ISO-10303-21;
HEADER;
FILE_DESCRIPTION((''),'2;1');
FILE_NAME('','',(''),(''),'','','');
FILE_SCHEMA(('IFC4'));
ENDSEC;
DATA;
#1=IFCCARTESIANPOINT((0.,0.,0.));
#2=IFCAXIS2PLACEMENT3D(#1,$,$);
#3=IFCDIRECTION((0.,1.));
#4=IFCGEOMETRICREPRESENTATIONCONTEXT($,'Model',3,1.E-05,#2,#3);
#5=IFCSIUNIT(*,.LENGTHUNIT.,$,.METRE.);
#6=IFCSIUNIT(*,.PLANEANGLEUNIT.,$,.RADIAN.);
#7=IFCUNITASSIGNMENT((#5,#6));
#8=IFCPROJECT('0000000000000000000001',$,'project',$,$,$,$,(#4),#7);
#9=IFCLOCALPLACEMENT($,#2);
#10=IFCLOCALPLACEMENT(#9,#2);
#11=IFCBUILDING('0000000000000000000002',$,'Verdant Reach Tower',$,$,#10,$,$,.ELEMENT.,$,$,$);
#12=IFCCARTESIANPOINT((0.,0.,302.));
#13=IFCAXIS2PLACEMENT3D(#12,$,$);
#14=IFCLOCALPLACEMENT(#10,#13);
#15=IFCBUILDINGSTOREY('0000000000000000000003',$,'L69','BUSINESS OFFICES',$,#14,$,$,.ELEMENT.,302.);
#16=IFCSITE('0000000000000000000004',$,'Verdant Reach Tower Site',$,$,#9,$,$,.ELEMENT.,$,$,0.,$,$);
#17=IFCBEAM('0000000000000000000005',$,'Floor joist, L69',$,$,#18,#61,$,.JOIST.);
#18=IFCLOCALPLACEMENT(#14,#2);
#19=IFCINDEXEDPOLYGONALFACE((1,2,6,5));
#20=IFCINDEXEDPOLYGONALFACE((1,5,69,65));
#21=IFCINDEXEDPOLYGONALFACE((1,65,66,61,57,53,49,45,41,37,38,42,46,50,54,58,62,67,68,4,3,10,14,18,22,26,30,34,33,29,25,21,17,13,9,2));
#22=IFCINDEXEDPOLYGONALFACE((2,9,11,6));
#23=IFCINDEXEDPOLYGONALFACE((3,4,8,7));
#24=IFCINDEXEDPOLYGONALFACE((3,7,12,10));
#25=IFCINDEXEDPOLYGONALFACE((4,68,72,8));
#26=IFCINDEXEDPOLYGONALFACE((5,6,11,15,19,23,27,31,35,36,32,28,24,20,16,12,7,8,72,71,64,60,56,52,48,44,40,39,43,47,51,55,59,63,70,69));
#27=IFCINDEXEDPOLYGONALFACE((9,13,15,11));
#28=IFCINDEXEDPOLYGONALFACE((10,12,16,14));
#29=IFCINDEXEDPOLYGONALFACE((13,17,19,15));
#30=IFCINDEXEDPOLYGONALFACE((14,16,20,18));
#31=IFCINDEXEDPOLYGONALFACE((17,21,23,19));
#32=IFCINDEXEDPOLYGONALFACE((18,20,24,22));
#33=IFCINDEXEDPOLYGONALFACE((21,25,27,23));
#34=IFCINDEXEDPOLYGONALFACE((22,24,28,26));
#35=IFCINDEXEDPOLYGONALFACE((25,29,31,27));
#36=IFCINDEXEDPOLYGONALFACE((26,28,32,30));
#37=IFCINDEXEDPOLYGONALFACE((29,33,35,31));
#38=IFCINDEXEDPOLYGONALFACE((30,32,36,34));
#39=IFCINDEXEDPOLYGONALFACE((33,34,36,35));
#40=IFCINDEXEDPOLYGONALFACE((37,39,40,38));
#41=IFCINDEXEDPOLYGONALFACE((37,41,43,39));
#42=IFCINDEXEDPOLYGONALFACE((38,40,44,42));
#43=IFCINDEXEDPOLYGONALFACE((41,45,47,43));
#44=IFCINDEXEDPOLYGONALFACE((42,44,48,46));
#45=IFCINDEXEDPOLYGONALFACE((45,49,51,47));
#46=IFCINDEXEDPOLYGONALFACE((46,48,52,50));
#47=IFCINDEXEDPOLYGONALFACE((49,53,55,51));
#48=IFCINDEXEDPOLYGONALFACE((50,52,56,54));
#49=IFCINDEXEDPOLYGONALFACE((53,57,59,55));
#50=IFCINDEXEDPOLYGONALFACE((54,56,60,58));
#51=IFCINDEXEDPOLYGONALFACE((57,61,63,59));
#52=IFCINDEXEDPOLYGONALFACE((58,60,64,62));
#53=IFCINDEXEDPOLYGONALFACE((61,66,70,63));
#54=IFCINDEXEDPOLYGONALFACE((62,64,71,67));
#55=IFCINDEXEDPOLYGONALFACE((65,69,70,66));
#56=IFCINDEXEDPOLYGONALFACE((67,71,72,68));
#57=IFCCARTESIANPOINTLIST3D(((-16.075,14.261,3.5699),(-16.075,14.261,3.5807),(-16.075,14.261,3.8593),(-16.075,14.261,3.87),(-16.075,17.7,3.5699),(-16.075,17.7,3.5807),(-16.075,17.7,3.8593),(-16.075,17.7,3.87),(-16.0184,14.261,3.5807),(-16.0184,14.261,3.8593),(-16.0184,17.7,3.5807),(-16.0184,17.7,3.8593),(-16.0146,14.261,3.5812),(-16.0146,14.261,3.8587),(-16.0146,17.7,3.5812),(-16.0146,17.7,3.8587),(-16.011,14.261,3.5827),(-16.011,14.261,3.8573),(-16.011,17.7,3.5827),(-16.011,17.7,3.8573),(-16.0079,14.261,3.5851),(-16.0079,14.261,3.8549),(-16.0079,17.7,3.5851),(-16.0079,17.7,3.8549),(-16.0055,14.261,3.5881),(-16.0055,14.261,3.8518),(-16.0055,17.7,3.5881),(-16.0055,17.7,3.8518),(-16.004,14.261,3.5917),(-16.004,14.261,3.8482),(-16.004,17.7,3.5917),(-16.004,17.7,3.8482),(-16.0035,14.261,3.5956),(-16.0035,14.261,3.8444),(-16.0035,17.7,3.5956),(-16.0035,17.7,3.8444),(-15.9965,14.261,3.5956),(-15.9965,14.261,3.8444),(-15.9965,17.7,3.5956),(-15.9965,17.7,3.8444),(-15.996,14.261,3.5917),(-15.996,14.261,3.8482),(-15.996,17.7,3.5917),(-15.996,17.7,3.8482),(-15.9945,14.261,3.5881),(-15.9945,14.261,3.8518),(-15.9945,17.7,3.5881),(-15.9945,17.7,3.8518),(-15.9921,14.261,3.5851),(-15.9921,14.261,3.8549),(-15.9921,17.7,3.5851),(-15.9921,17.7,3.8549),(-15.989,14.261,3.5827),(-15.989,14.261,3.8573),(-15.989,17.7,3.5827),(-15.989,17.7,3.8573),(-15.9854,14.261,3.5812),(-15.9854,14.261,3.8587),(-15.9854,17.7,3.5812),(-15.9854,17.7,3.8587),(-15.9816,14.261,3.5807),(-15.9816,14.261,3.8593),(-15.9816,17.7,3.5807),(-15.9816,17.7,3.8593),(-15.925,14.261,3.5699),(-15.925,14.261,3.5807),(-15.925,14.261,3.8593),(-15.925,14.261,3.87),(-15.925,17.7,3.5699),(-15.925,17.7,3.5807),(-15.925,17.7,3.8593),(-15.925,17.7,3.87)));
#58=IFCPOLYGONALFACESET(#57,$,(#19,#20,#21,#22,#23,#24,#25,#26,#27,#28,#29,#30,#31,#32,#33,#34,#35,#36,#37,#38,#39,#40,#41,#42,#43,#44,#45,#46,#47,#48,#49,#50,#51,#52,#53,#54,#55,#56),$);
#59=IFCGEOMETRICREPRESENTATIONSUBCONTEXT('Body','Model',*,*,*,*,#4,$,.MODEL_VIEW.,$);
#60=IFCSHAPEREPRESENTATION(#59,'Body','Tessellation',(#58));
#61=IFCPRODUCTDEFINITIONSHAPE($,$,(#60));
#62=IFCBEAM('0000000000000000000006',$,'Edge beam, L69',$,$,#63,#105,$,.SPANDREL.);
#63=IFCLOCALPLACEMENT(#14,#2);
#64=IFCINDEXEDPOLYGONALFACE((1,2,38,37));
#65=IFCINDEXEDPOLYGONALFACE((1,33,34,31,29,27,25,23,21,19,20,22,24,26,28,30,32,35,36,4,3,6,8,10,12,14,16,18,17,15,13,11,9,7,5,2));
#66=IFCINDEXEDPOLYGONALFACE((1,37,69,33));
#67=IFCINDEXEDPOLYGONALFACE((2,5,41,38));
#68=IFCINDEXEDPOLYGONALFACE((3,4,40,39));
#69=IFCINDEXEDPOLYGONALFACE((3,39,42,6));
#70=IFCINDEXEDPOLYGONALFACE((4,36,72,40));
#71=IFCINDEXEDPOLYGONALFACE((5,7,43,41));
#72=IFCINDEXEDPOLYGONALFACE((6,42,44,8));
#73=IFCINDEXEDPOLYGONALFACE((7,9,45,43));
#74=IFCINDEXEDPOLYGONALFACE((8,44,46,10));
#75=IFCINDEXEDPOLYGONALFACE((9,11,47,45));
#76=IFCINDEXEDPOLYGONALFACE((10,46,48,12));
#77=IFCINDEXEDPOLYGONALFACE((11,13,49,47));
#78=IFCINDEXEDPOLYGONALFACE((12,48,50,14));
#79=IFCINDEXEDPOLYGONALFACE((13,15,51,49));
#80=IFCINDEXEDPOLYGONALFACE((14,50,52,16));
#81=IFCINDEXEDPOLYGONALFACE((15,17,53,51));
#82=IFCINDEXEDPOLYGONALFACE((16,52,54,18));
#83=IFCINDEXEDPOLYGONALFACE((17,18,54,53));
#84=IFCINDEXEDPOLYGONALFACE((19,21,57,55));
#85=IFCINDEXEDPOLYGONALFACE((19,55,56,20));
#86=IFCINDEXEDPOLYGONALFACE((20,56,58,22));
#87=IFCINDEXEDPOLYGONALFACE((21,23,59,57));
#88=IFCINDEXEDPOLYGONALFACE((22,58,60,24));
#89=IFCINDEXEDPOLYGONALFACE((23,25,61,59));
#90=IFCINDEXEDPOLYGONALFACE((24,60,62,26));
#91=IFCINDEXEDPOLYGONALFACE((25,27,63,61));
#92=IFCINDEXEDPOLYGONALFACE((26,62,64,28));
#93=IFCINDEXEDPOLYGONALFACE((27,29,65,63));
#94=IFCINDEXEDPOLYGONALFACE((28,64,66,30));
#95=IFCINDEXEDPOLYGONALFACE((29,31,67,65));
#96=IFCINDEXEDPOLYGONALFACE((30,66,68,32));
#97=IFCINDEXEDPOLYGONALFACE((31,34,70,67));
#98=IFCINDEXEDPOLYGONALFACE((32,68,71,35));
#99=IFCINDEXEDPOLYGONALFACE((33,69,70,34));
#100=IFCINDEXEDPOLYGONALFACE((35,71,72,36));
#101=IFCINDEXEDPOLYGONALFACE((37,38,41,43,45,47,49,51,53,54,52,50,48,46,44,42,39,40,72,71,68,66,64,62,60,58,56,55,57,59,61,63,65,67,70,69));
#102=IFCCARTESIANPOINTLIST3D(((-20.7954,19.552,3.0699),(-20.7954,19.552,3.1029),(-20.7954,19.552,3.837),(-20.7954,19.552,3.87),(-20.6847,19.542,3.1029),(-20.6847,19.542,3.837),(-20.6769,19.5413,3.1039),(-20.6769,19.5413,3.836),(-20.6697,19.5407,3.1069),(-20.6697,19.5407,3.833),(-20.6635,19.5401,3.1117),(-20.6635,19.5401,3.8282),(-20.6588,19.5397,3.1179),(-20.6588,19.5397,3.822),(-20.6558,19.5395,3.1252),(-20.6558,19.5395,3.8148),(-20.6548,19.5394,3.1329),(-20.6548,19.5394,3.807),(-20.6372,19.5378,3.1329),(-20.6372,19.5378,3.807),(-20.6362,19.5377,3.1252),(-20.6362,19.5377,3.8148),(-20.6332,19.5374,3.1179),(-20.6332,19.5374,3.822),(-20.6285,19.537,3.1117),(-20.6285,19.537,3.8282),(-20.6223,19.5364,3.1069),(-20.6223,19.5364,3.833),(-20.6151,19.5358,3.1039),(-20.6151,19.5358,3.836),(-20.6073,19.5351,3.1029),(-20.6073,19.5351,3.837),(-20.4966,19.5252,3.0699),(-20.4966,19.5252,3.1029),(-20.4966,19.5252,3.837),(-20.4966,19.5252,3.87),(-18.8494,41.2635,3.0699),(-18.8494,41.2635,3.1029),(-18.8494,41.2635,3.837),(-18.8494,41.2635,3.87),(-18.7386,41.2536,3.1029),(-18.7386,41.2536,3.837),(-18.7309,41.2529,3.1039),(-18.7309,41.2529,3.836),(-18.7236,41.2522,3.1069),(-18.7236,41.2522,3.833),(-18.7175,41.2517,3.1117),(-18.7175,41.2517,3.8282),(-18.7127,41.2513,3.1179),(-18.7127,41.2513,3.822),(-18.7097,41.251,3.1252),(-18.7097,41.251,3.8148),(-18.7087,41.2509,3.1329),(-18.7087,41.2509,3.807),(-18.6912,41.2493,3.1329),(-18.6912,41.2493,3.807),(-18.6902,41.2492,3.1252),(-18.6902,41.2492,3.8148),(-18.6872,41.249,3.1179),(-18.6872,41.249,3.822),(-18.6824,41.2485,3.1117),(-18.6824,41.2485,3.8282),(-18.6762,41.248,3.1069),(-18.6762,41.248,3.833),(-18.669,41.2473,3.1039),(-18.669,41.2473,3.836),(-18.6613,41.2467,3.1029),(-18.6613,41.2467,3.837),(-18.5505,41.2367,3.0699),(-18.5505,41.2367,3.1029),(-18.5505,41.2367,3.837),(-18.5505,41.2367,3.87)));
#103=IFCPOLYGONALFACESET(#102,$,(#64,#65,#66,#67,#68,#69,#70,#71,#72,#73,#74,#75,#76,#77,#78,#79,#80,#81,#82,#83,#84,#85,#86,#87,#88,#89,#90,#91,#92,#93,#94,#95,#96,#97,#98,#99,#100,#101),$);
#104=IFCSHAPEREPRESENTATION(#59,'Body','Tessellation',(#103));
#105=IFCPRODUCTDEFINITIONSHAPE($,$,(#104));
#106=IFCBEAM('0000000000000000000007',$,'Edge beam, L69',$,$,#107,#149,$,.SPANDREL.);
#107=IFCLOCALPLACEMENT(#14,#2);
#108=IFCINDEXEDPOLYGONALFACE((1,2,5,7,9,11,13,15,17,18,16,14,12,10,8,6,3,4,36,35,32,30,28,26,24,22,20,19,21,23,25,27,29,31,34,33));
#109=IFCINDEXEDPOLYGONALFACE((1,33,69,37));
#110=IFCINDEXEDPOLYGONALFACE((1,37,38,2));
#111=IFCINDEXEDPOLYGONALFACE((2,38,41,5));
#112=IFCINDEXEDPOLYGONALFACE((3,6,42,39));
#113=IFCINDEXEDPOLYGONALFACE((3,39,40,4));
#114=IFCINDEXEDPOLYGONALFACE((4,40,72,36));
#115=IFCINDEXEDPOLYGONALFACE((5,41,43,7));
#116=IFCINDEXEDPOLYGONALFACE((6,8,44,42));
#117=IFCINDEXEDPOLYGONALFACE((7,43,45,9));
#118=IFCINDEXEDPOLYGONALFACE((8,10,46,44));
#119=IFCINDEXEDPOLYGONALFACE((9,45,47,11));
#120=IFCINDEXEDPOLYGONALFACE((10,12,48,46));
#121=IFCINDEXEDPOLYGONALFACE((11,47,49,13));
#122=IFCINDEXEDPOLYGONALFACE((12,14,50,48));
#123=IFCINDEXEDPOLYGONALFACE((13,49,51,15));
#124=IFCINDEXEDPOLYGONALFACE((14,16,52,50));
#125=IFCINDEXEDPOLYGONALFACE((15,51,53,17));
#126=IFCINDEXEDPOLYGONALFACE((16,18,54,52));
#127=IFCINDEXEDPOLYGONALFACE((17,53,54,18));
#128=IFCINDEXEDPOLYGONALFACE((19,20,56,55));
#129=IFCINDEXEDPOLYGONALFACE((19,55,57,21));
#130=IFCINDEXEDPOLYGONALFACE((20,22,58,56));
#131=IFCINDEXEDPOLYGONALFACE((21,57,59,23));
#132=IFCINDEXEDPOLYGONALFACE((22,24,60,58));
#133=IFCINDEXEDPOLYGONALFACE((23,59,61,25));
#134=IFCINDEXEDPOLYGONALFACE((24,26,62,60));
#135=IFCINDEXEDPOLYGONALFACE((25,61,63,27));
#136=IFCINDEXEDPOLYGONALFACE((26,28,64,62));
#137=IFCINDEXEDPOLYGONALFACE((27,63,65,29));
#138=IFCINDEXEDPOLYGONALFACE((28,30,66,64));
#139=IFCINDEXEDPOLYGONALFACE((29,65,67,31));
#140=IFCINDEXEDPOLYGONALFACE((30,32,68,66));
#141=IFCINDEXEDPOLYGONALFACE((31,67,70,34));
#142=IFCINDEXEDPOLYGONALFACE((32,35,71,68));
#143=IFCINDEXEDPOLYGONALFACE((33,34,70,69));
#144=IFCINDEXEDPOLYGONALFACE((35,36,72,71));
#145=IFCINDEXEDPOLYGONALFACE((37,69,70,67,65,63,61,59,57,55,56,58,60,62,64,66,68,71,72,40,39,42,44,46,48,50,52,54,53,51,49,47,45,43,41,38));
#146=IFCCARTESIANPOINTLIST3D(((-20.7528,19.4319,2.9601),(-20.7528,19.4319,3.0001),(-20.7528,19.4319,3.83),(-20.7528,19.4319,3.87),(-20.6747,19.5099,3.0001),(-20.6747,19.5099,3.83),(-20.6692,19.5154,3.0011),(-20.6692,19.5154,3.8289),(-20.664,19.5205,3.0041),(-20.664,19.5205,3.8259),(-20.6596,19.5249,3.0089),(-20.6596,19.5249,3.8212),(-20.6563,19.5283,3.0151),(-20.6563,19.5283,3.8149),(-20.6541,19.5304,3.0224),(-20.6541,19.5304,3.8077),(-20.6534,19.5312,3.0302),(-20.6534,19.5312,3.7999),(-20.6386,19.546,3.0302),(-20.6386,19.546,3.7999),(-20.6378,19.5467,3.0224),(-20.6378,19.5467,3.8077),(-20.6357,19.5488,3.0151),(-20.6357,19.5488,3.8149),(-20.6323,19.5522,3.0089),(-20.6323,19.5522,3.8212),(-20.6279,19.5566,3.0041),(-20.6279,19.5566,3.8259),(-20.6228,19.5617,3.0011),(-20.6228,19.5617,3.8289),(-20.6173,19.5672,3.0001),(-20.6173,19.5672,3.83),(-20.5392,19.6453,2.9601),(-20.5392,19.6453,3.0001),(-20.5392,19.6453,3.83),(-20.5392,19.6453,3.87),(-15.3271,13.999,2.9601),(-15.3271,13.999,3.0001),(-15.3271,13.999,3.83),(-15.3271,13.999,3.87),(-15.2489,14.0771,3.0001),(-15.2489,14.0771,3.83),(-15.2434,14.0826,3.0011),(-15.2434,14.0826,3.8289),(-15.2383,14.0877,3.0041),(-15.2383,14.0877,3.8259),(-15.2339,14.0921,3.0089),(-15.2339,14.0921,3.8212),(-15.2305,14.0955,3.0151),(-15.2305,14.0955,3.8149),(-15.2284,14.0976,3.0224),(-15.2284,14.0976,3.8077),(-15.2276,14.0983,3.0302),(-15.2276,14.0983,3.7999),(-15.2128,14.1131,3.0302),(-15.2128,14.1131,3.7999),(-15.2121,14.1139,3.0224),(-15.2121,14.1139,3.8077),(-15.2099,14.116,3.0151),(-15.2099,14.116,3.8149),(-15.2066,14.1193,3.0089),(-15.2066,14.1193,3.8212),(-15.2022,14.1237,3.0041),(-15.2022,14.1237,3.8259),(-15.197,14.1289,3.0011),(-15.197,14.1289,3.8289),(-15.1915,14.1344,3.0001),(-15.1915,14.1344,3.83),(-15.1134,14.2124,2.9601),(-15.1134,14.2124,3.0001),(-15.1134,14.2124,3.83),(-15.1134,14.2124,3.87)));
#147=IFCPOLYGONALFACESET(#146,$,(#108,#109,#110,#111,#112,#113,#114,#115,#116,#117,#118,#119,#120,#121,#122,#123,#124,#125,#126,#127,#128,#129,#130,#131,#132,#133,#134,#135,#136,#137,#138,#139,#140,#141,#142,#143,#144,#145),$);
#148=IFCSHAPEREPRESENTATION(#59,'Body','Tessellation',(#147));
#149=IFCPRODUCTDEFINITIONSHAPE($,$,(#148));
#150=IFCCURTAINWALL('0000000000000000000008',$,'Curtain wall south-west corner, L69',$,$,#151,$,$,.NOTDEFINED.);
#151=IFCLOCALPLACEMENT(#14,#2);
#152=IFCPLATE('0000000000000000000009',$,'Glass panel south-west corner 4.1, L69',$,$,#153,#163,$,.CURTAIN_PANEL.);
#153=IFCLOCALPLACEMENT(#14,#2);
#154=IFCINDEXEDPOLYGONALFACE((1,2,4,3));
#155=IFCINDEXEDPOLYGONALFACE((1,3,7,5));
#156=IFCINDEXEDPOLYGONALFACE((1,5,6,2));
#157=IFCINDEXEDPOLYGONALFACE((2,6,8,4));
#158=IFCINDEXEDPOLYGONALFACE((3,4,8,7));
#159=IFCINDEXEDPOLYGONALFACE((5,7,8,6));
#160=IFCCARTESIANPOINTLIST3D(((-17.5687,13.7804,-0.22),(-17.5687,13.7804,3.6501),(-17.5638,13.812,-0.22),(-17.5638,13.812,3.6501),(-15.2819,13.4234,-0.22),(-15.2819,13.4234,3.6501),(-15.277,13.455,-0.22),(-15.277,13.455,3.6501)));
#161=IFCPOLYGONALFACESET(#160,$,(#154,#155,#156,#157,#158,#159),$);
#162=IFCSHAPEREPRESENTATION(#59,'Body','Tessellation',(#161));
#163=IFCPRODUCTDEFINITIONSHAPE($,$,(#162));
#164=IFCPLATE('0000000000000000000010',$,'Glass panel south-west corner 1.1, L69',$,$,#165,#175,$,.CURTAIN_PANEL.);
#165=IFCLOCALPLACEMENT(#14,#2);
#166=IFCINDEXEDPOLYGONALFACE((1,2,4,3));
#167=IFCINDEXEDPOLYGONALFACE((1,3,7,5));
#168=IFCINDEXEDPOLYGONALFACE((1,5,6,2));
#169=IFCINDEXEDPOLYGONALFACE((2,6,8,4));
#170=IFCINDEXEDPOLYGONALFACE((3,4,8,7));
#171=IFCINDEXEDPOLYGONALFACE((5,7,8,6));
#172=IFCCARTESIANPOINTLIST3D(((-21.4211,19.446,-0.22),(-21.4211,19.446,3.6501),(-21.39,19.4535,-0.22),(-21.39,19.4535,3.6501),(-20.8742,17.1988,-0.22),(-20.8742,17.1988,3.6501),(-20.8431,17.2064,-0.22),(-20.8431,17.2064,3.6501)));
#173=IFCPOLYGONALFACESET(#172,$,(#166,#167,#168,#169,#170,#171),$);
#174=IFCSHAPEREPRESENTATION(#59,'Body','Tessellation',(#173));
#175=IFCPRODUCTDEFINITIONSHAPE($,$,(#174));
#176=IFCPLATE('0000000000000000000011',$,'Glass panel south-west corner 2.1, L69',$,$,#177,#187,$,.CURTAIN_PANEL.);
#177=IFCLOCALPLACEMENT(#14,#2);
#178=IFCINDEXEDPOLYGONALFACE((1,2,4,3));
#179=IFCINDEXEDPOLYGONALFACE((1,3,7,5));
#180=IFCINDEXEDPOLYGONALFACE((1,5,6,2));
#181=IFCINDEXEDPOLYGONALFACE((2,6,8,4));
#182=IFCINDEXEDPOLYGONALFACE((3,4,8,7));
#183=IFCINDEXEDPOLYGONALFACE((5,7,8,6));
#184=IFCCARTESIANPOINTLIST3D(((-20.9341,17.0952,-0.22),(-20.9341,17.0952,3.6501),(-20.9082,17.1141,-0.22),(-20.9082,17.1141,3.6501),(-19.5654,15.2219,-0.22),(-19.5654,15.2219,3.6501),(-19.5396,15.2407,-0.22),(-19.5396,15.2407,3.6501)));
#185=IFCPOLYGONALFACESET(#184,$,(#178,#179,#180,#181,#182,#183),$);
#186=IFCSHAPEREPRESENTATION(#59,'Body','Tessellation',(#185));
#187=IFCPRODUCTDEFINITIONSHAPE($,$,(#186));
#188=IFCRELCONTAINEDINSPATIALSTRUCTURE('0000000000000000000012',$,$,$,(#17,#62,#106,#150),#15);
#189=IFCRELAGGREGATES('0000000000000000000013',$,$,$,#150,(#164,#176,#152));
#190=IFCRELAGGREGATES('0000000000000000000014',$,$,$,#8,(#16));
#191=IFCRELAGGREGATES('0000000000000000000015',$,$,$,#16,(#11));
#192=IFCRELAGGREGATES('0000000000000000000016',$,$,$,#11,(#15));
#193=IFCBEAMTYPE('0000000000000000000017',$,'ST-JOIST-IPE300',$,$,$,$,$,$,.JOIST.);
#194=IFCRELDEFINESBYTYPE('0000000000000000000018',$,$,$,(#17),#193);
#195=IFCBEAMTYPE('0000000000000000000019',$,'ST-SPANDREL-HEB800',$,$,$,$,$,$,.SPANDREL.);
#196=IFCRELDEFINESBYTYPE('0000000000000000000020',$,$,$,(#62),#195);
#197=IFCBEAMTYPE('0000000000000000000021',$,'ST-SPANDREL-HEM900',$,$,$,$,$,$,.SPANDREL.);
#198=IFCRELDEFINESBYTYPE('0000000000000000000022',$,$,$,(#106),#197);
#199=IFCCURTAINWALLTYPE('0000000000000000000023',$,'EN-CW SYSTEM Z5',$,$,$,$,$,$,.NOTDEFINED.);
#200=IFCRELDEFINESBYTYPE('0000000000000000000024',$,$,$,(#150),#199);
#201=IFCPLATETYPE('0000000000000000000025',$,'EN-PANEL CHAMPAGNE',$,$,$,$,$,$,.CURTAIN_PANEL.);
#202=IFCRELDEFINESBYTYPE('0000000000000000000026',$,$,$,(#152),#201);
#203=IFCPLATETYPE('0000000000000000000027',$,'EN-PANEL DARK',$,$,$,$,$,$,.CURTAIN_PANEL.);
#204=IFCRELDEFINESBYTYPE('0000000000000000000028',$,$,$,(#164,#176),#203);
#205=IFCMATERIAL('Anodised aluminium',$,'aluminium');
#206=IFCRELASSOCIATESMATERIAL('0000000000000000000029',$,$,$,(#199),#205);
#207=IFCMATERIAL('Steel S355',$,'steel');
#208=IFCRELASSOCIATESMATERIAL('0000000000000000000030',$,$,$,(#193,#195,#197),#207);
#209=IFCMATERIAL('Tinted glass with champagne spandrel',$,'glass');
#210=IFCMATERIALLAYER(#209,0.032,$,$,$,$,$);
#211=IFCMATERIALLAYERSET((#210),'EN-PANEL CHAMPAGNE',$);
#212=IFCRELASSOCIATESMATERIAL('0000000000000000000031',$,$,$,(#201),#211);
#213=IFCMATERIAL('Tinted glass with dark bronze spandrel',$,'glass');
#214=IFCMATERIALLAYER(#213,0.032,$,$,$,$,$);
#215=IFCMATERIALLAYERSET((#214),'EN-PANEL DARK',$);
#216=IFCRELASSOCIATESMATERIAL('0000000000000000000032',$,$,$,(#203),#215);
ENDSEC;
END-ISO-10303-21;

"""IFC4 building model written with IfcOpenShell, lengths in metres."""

from ifc_helpers import new_model, si_unit, direction, frame, origin, origin_2d, place, context, subcontext, project, spatial, rectangle, i_section, extrude, material, layer, layer_set, material_profile, profile_set, type_object, element, aggregate, save


model = new_model("IFC4")

# Units and contexts
model_context = context("Model", 3, precision=1e-05, world=origin(), true_north=direction((0.0, 1.0)))
body_context = subcontext(model_context, "Body", "Model", "MODEL_VIEW")
ifc_project = project(units=[si_unit("LENGTHUNIT", "METRE"), si_unit("PLANEANGLEUNIT", "RADIAN")], contexts=[model_context])

# Site, building, storey
site_placement = place(None, origin())
site = spatial("IfcSite", under=ifc_project, at=site_placement, Name="Verdant Reach Tower Site", CompositionType="ELEMENT", RefElevation=0.0)
building_placement = place(site_placement, origin())
building = spatial("IfcBuilding", under=site, at=building_placement, Name="Verdant Reach Tower", CompositionType="ELEMENT")
storey_placement = place(building_placement, frame((0.0, 0.0, 302.0)))
storey = spatial("IfcBuildingStorey", under=building, at=storey_placement, Name="L69", Description="BUSINESS OFFICES", CompositionType="ELEMENT", Elevation=302.0)

# Shared definitions
ifc_material_1 = material(Name="Anodised aluminium", Category="aluminium")
curtain_wall_type = type_object("IfcCurtainWallType", Name="EN-CW SYSTEM Z5", PredefinedType="NOTDEFINED", material=ifc_material_1)

# Beams
ifc_material_2 = material(Name="Steel S355", Category="steel")
ifc_material_profile_1 = material_profile(ifc_material_2, i_section(OverallWidth=0.1499, OverallDepth=0.3, WebThickness=0.0071, FlangeThickness=0.0107, FilletRadius=0.0149, at=origin_2d()), Name="IPE 300")
ifc_profile_set_1 = profile_set([ifc_material_profile_1], Name="Steel S355")
beam_type_1 = type_object("IfcBeamType", Name="ST-JOIST-IPE300", PredefinedType="JOIST", material=ifc_profile_set_1)
beam_1_placement = place(storey_placement, frame((-16.0, 17.7, 3.72), z_axis=(0.0, -1.0, 0.0), x_axis=(1.0, 0.0, 0.0)))
element("IfcBeam", 1, at=beam_1_placement, inside=storey, type_object=beam_type_1, Name="Floor joist, L69", PredefinedType="JOIST", context=body_context, shape_type="SweptSolid", body=[
    extrude(i_section(OverallWidth=0.1499, OverallDepth=0.3, WebThickness=0.0071, FlangeThickness=0.0107, FilletRadius=0.0149, at=origin_2d()), origin(), (0.0, 0.0, 1.0), 3.439),
])
ifc_material_profile_2 = material_profile(ifc_material_2, i_section(OverallWidth=0.3, OverallDepth=0.8, WebThickness=0.0176, FlangeThickness=0.033, FilletRadius=0.03, at=origin_2d()), Name="HEB 800")
ifc_profile_set_2 = profile_set([ifc_material_profile_2], Name="Steel S355")
beam_type_2 = type_object("IfcBeamType", Name="ST-SPANDREL-HEB800", PredefinedType="SPANDREL", material=ifc_profile_set_2)
beam_2_placement = place(storey_placement, frame((-20.646, 19.5386, 3.47), z_axis=(0.089274, 0.996007, 0.0), x_axis=(-0.996007, 0.089274, 0.0)))
element("IfcBeam", 2, at=beam_2_placement, inside=storey, type_object=beam_type_2, Name="Edge beam, L69", PredefinedType="SPANDREL", context=body_context, shape_type="SweptSolid", body=[
    extrude(i_section(OverallWidth=0.3, OverallDepth=0.8, WebThickness=0.0176, FlangeThickness=0.033, FilletRadius=0.03, at=origin_2d()), origin(), (0.0, 0.0, 1.0), 21.7986),
])
ifc_material_profile_3 = material_profile(ifc_material_2, i_section(OverallWidth=0.302, OverallDepth=0.9099, WebThickness=0.021, FlangeThickness=0.04, FilletRadius=0.03, at=origin_2d()), Name="HEM 900")
ifc_profile_set_3 = profile_set([ifc_material_profile_3], Name="Steel S355")
beam_type_3 = type_object("IfcBeamType", Name="ST-SPANDREL-HEM900", PredefinedType="SPANDREL", material=ifc_profile_set_3)
beam_3_placement = place(storey_placement, frame((-15.2202, 14.1057, 3.415), z_axis=(-0.706646, 0.707568, 0.0), x_axis=(-0.707568, -0.706646, 0.0)))
element("IfcBeam", 3, at=beam_3_placement, inside=storey, type_object=beam_type_3, Name="Edge beam, L69", PredefinedType="SPANDREL", context=body_context, shape_type="SweptSolid", body=[
    extrude(i_section(OverallWidth=0.302, OverallDepth=0.9099, WebThickness=0.021, FlangeThickness=0.04, FilletRadius=0.03, at=origin_2d()), origin(), (0.0, 0.0, 1.0), 7.6782),
])

# Curtain wall, plates
curtain_wall_1_placement = place(storey_placement, origin())
curtain_wall_1 = element("IfcCurtainWall", 4, at=curtain_wall_1_placement, inside=storey, type_object=curtain_wall_type, Name="Curtain wall south-west corner, L69", PredefinedType="NOTDEFINED")
ifc_material_3 = material(Name="Tinted glass with champagne spandrel", Category="glass")
ifc_layer_1 = layer(ifc_material_3, 0.032)
ifc_layer_set_1 = layer_set([ifc_layer_1], Name="EN-PANEL CHAMPAGNE")
plate_type_1 = type_object("IfcPlateType", Name="EN-PANEL CHAMPAGNE", PredefinedType="CURTAIN_PANEL", material=ifc_layer_set_1)
plate_1_placement = place(storey_placement, frame((-16.4229, 13.6177, -0.22), z_axis=(0.0, 0.0, 1.0), x_axis=(0.988033, -0.15424, 0.0)))
plate_1 = element("IfcPlate", 5, at=plate_1_placement, type_object=plate_type_1, Name="Glass panel south-west corner 4.1, L69", PredefinedType="CURTAIN_PANEL", context=body_context, shape_type="SweptSolid", body=[
    extrude(rectangle(XDim=2.3145, YDim=0.032, at=origin_2d()), origin(), (0.0, 0.0, 1.0), 3.8701),
])
ifc_material_4 = material(Name="Tinted glass with dark bronze spandrel", Category="glass")
ifc_layer_2 = layer(ifc_material_4, 0.032)
ifc_layer_set_2 = layer_set([ifc_layer_2], Name="EN-PANEL DARK")
plate_type_2 = type_object("IfcPlateType", Name="EN-PANEL DARK", PredefinedType="CURTAIN_PANEL", material=ifc_layer_set_2)
plate_2_placement = place(storey_placement, frame((-21.1321, 18.3262, -0.22), z_axis=(0.0, 0.0, 1.0), x_axis=(0.236471, -0.971638, 0.0)))
plate_2 = element("IfcPlate", 6, at=plate_2_placement, type_object=plate_type_2, Name="Glass panel south-west corner 1.1, L69", PredefinedType="CURTAIN_PANEL", context=body_context, shape_type="SweptSolid", body=[
    extrude(rectangle(XDim=2.3127, YDim=0.032, at=origin_2d()), origin(), (0.0, 0.0, 1.0), 3.8701),
])
plate_3_placement = place(storey_placement, frame((-20.2368, 16.168, -0.22), z_axis=(0.0, 0.0, 1.0), x_axis=(0.589927, -0.807457, 0.0)))
plate_3 = element("IfcPlate", 7, at=plate_3_placement, type_object=plate_type_2, Name="Glass panel south-west corner 2.1, L69", PredefinedType="CURTAIN_PANEL", context=body_context, shape_type="SweptSolid", body=[
    extrude(rectangle(XDim=2.3201, YDim=0.032, at=origin_2d()), origin(), (0.0, 0.0, 1.0), 3.8701),
])
aggregate(curtain_wall_1, [plate_2, plate_3, plate_1])

save(model, "model.ifc")
